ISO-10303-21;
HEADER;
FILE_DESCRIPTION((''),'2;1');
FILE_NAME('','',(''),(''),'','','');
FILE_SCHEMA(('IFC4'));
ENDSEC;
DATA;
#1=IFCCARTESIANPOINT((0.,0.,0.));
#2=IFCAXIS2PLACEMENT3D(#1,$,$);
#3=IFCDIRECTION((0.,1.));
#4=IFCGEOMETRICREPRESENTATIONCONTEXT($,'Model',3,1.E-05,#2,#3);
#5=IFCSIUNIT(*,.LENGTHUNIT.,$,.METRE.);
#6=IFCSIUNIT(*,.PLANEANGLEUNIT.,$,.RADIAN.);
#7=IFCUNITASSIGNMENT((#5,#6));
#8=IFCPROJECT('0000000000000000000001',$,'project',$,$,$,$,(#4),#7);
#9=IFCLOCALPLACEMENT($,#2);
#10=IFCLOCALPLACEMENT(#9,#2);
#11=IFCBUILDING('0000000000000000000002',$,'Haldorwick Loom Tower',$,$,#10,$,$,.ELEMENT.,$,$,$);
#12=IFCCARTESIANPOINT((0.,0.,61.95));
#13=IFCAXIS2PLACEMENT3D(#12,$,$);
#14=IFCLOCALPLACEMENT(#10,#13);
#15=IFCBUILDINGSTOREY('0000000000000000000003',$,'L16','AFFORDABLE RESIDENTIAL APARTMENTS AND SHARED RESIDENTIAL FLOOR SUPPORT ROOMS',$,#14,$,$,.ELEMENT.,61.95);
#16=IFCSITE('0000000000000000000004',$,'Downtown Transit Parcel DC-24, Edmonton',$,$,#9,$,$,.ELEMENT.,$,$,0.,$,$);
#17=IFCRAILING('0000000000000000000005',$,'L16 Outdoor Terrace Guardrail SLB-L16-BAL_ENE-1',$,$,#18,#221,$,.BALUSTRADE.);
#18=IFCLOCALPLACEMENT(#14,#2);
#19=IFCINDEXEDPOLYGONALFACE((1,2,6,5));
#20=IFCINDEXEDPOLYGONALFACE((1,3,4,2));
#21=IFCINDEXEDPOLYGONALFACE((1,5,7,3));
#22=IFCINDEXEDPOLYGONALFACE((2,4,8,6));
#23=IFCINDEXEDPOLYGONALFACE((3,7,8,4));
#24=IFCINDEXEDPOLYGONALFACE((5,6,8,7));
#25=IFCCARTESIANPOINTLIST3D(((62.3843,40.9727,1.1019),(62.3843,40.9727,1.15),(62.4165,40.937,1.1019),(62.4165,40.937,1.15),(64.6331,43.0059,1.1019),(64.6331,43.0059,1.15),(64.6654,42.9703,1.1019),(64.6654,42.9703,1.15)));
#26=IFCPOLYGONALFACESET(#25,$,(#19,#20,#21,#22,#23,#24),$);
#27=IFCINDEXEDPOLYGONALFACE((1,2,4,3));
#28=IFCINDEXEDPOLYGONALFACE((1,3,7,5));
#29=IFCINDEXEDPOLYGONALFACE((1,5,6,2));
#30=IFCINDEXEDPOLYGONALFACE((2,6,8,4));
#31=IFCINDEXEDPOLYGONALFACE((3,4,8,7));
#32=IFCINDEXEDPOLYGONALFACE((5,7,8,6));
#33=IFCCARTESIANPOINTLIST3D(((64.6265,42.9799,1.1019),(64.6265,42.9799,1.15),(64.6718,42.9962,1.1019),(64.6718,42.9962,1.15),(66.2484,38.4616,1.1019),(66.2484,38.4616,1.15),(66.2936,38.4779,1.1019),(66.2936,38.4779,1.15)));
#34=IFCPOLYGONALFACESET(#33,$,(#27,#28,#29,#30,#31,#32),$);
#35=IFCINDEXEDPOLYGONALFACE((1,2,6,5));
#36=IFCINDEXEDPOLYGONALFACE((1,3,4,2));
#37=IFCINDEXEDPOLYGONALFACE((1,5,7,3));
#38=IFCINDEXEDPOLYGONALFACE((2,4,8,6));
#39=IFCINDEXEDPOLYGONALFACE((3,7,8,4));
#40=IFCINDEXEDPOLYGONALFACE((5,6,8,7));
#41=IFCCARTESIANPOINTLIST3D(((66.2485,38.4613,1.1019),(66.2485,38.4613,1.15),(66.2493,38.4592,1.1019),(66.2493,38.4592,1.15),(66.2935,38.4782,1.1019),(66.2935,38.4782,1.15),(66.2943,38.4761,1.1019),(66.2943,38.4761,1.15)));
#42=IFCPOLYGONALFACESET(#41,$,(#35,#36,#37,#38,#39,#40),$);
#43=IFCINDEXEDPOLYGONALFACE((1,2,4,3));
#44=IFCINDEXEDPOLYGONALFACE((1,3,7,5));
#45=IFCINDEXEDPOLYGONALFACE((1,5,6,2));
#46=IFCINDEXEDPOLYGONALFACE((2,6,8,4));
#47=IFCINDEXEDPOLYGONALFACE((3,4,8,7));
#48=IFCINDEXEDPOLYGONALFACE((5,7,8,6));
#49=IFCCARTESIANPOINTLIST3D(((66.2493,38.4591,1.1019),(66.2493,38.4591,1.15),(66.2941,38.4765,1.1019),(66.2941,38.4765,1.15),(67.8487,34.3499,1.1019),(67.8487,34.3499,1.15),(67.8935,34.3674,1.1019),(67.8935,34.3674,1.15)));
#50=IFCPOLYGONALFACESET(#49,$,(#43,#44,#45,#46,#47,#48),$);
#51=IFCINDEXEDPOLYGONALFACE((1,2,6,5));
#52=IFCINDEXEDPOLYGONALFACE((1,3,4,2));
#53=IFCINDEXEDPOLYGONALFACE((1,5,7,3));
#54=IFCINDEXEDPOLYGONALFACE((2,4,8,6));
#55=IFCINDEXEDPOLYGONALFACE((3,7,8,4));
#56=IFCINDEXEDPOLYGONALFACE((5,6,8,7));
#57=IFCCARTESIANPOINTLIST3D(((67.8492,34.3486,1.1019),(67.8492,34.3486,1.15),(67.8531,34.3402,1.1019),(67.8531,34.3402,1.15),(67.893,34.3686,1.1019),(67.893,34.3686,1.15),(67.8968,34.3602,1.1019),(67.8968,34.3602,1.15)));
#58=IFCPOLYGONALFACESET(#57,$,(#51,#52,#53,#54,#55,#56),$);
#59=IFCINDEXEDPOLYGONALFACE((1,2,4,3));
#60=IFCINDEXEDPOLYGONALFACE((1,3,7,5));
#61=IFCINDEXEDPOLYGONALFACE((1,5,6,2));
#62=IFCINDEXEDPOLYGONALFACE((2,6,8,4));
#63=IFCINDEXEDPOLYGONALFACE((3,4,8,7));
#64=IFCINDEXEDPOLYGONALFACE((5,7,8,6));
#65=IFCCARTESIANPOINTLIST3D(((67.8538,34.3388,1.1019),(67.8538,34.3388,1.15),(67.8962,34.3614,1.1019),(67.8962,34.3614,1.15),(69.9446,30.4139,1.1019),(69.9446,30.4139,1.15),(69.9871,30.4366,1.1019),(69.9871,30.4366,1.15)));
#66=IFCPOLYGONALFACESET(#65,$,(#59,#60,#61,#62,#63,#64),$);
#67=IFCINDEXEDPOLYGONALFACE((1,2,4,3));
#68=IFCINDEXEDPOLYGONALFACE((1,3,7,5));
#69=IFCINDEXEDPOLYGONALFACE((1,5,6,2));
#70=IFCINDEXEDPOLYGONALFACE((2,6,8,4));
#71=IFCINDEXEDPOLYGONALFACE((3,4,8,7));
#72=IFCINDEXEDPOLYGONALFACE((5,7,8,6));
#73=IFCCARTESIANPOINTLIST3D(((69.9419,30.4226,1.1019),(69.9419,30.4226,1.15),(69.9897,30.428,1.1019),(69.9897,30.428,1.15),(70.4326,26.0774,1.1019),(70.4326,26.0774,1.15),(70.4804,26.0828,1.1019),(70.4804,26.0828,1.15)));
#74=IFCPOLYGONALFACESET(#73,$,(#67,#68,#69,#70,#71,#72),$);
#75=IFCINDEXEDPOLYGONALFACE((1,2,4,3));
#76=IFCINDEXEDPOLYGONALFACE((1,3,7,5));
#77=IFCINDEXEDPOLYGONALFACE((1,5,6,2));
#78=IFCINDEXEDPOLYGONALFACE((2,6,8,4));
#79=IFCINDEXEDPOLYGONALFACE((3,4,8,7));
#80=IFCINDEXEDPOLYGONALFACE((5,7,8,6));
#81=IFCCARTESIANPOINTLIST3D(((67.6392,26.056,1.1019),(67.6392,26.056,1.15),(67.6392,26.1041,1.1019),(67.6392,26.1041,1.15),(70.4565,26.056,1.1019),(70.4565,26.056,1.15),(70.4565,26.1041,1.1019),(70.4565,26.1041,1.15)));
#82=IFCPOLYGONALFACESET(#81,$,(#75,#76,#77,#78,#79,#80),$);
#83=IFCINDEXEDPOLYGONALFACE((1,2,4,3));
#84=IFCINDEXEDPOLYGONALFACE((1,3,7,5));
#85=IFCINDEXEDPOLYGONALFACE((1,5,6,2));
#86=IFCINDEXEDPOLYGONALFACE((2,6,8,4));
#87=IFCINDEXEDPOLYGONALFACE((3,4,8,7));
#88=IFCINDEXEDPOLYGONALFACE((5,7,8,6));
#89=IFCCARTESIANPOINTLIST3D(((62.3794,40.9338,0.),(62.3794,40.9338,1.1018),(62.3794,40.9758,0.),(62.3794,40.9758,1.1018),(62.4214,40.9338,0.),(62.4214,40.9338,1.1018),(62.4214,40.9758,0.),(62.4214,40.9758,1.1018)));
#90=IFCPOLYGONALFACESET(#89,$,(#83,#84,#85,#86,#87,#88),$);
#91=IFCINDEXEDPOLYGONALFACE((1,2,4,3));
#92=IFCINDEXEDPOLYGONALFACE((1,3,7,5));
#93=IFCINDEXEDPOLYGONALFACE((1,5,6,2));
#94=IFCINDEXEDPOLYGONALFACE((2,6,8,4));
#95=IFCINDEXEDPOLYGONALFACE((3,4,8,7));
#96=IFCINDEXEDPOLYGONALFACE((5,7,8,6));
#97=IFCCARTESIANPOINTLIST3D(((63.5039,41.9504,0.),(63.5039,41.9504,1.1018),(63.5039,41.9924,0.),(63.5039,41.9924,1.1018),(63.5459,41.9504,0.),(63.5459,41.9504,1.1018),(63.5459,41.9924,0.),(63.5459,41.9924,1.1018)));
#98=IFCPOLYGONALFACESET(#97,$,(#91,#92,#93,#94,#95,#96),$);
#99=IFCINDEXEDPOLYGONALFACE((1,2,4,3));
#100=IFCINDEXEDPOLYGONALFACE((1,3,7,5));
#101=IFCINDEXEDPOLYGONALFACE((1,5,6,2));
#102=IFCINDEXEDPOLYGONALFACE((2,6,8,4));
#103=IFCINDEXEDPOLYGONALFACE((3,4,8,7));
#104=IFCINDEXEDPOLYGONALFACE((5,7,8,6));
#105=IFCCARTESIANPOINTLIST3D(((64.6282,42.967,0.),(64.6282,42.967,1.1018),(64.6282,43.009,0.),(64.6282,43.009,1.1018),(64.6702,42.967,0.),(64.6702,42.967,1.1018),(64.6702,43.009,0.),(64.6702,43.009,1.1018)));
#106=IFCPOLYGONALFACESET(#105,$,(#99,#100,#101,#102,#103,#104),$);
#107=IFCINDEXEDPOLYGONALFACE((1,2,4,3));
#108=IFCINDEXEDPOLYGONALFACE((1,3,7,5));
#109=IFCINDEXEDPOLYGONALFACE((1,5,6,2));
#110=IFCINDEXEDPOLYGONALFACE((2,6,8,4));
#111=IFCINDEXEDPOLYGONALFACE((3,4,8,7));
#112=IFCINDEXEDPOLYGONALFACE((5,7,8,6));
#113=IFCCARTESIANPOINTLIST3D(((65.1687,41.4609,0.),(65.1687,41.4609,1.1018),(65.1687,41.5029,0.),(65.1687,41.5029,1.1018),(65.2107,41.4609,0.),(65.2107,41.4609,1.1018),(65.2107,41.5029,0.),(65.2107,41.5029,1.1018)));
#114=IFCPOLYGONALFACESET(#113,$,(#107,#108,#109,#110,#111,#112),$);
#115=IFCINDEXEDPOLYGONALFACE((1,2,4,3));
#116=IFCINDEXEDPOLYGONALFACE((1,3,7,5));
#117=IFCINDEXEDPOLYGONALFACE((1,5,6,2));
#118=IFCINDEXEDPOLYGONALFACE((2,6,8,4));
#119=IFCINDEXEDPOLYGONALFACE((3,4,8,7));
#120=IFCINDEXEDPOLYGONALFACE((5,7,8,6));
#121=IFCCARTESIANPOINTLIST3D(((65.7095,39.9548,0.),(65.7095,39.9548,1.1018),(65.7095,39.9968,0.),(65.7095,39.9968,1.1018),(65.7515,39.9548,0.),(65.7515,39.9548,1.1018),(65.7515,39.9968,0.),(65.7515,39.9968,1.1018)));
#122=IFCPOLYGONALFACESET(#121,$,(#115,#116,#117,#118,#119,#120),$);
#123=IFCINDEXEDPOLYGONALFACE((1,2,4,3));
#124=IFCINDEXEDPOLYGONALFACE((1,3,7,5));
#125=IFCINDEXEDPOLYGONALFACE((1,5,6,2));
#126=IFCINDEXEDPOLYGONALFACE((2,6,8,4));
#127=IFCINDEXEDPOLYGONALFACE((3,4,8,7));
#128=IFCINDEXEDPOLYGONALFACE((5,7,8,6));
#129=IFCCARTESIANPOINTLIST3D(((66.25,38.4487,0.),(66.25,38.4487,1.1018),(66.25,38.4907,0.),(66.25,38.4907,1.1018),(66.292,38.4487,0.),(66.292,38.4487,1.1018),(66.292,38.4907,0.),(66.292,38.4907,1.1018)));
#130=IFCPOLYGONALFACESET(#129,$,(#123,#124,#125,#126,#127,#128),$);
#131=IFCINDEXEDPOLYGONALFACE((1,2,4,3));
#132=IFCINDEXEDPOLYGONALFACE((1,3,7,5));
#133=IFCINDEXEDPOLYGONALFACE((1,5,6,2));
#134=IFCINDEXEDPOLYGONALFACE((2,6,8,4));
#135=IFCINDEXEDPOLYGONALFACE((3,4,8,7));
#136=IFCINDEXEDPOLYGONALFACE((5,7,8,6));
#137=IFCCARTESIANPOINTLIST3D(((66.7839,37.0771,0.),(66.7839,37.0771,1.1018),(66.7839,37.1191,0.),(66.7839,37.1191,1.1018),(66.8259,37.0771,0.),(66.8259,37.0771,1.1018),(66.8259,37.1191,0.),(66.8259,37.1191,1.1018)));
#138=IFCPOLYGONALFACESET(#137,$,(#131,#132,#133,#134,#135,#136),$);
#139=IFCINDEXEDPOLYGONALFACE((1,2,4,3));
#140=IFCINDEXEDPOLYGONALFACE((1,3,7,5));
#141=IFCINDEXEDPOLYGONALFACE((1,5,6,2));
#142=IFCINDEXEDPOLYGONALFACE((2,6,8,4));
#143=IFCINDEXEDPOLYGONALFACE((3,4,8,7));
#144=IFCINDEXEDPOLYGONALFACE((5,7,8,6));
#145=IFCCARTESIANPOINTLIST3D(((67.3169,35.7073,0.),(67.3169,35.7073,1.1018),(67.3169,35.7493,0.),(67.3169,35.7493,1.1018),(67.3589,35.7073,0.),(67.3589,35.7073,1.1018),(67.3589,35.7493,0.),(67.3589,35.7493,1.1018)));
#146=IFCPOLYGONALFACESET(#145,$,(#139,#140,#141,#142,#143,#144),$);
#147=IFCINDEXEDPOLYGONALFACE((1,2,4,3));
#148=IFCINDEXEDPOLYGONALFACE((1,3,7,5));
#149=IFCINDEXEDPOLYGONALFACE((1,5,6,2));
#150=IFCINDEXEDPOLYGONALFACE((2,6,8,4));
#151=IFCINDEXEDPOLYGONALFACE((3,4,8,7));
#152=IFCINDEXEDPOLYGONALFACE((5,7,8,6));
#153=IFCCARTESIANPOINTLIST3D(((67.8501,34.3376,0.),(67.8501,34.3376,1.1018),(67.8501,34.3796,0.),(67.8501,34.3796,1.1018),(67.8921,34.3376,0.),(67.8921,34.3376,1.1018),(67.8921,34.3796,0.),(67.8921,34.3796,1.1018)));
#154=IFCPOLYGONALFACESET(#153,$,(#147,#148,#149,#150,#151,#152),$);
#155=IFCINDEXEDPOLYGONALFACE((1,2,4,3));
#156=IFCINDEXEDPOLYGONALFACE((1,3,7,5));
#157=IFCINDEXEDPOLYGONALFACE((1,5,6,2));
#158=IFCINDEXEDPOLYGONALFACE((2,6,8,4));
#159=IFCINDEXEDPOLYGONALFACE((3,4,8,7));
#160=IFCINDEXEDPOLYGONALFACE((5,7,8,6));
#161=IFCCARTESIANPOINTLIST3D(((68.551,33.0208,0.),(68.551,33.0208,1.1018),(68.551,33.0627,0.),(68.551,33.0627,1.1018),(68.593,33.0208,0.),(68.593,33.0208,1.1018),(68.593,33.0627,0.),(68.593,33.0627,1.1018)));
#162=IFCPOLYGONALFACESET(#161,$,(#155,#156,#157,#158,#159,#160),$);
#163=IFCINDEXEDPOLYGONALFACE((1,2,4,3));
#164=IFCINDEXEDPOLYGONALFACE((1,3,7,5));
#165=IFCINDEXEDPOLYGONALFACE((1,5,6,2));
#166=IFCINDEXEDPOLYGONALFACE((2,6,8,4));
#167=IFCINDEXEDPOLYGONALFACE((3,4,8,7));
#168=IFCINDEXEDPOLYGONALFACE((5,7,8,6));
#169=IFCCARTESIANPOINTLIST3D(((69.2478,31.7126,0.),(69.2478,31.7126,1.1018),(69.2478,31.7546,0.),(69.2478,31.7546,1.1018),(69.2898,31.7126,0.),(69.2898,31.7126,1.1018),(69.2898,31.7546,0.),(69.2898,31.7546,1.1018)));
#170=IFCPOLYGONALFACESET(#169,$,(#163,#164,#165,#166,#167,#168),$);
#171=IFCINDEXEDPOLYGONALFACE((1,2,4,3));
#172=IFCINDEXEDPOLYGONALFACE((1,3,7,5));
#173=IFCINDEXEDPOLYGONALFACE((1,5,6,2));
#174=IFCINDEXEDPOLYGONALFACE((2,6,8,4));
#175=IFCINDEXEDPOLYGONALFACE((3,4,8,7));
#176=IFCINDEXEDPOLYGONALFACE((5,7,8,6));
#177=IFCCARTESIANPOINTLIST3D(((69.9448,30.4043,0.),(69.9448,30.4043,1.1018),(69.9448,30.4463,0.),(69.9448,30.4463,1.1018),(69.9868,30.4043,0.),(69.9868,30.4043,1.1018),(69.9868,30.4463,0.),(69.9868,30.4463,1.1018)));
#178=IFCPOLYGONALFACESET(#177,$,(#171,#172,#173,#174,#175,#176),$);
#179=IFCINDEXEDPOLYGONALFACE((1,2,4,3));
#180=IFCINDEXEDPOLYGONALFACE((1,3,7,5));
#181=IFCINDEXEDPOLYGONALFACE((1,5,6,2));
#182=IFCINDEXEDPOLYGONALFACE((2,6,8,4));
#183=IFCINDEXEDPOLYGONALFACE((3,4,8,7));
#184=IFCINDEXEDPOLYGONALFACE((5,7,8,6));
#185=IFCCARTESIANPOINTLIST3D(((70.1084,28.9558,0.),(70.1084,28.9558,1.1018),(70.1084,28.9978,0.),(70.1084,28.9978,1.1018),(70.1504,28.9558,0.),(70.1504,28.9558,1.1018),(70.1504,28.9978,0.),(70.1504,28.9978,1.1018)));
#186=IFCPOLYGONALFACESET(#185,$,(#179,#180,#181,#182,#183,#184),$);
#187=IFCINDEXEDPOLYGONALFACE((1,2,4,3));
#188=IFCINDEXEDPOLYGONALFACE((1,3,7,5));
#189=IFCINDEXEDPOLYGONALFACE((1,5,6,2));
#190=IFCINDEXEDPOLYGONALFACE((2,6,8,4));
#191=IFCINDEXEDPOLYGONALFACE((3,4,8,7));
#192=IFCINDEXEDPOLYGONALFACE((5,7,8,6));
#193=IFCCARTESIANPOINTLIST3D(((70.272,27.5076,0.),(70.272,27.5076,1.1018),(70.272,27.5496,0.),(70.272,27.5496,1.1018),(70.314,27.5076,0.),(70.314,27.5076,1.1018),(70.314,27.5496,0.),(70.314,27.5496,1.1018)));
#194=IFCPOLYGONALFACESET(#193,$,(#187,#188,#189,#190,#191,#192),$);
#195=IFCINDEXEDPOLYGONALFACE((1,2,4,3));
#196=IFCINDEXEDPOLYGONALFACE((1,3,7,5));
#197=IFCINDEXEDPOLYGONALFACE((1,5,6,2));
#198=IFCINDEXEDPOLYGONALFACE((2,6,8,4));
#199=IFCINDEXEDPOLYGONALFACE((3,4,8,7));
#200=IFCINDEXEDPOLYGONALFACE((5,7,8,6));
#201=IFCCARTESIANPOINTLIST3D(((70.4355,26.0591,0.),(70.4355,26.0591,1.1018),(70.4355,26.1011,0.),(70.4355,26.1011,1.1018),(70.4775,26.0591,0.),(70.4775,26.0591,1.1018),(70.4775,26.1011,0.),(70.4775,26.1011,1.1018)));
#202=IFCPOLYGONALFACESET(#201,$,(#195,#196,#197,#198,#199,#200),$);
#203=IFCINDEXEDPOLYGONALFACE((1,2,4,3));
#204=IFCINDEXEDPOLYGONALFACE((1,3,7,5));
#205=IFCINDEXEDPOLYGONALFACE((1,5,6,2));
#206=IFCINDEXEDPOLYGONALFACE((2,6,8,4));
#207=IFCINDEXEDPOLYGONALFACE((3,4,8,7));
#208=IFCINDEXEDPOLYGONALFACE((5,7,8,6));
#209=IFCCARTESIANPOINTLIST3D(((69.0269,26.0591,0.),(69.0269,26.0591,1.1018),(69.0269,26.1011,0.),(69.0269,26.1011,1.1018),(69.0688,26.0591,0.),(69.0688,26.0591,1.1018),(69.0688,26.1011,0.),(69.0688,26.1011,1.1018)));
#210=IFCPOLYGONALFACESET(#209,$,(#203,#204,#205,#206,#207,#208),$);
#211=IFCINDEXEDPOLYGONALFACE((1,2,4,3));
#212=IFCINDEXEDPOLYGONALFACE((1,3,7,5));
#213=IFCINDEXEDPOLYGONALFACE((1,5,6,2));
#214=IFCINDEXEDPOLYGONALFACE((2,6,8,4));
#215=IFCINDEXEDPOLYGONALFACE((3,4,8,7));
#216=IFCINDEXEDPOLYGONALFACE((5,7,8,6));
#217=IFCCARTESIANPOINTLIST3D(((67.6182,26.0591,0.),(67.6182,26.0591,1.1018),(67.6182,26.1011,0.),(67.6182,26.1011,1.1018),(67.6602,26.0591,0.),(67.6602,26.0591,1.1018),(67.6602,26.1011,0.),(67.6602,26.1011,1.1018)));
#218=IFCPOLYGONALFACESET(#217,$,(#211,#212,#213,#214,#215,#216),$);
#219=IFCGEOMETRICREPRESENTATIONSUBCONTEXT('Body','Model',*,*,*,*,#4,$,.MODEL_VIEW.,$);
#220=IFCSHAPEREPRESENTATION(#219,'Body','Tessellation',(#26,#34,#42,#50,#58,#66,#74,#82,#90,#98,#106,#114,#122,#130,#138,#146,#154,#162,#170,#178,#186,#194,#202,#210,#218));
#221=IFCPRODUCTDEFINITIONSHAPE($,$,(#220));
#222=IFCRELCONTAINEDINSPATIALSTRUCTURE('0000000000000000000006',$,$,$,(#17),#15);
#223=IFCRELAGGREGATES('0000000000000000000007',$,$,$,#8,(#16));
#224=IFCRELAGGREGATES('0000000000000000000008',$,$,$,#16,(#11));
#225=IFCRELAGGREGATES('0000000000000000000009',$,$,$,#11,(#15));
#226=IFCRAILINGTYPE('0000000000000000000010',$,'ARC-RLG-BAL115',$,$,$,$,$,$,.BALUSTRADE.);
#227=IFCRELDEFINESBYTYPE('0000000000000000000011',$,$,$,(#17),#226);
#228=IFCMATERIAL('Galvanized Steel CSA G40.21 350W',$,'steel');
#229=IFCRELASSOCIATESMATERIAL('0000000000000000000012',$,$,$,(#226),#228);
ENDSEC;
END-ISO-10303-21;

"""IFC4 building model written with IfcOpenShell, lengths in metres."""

from ifc_helpers import new_model, si_unit, direction, frame, origin, origin_2d, place, context, subcontext, project, spatial, rectangle, extrude, material, type_object, element, save


model = new_model("IFC4")

# Units and contexts
model_context = context("Model", 3, precision=1e-05, world=origin(), true_north=direction((0.0, 1.0)))
body_context = subcontext(model_context, "Body", "Model", "MODEL_VIEW")
ifc_project = project(units=[si_unit("LENGTHUNIT", "METRE"), si_unit("PLANEANGLEUNIT", "RADIAN")], contexts=[model_context])

# Site, building, storey
site_placement = place(None, origin())
site = spatial("IfcSite", under=ifc_project, at=site_placement, Name="Downtown Transit Parcel DC-24, Edmonton", CompositionType="ELEMENT", RefElevation=0.0)
building_placement = place(site_placement, origin())
building = spatial("IfcBuilding", under=site, at=building_placement, Name="Haldorwick Loom Tower", CompositionType="ELEMENT")
storey_placement = place(building_placement, frame((0.0, 0.0, 61.95)))
storey = spatial("IfcBuildingStorey", under=building, at=storey_placement, Name="L16", Description="AFFORDABLE RESIDENTIAL APARTMENTS AND SHARED RESIDENTIAL FLOOR SUPPORT ROOMS", CompositionType="ELEMENT", Elevation=61.95)

# Railing
ifc_material_1 = material(Name="Galvanized Steel CSA G40.21 350W", Category="steel")
railing_type = type_object("IfcRailingType", Name="ARC-RLG-BAL115", PredefinedType="BALUSTRADE", material=ifc_material_1)
railing_placement = place(storey_placement, frame((62.4004, 40.9548, 0.0)))
element("IfcRailing", 1, at=railing_placement, inside=storey, type_object=railing_type, Name="L16 Outdoor Terrace Guardrail SLB-L16-BAL_ENE-1", PredefinedType="BALUSTRADE", context=body_context, shape_type="SweptSolid", body=[
    extrude(rectangle(XDim=0.0481, YDim=0.0481, at=origin_2d()), frame((0.0, 0.0, 1.126), z_axis=(0.741767, 0.670658, 0.0), x_axis=(-0.670658, 0.741767, 0.0)), (0.0, 0.0, 1.0), 3.0317),
    extrude(rectangle(XDim=0.0481, YDim=0.0481, at=origin_2d()), frame((2.2488, 2.0332, 1.126), z_axis=(0.33784, -0.941203, 0.0), x_axis=(0.941203, 0.33784, 0.0)), (0.0, 0.0, 1.0), 4.8005),
    extrude(rectangle(XDim=0.0481, YDim=0.0481, at=origin_2d()), frame((3.8706, -2.4851, 1.126), z_axis=(0.351123, -0.936329, 0.0), x_axis=(0.936329, 0.351123, 0.0)), (0.0, 0.0, 1.0), 0.0022),
    extrude(rectangle(XDim=0.0481, YDim=0.0481, at=origin_2d()), frame((3.8713, -2.4871, 1.126), z_axis=(0.362716, -0.9319, 0.0), x_axis=(0.9319, 0.362716, 0.0)), (0.0, 0.0, 1.0), 4.4094),
    extrude(rectangle(XDim=0.0481, YDim=0.0481, at=origin_2d()), frame((5.4707, -6.5962, 1.126), z_axis=(0.41576, -0.909474, 0.0), x_axis=(0.909474, 0.41576, 0.0)), (0.0, 0.0, 1.0), 0.0093),
    extrude(rectangle(XDim=0.0481, YDim=0.0481, at=origin_2d()), frame((5.4746, -6.6047, 1.126), z_axis=(0.470166, -0.882578, 0.0), x_axis=(0.882578, 0.470166, 0.0)), (0.0, 0.0, 1.0), 4.447),
    extrude(rectangle(XDim=0.0481, YDim=0.0481, at=origin_2d()), frame((7.5654, -10.5295, 1.126), z_axis=(0.112221, -0.993683, 0.0), x_axis=(0.993683, 0.112221, 0.0)), (0.0, 0.0, 1.0), 4.3728),
    extrude(rectangle(XDim=0.0481, YDim=0.0481, at=origin_2d()), frame((8.0562, -14.8748, 1.126), z_axis=(-1.0, 0.0, 0.0), x_axis=(0.0, -1.0, 0.0)), (0.0, 0.0, 1.0), 2.8174),
    extrude(rectangle(XDim=0.042, YDim=0.042, at=origin_2d()), origin(), (0.0, 0.0, 1.0), 1.1018),
    extrude(rectangle(XDim=0.042, YDim=0.042, at=origin_2d()), frame((1.1245, 1.0166, 0.0)), (0.0, 0.0, 1.0), 1.1018),
    extrude(rectangle(XDim=0.042, YDim=0.042, at=origin_2d()), frame((2.2488, 2.0332, 0.0)), (0.0, 0.0, 1.0), 1.1018),
    extrude(rectangle(XDim=0.042, YDim=0.042, at=origin_2d()), frame((2.7893, 0.5271, 0.0)), (0.0, 0.0, 1.0), 1.1018),
    extrude(rectangle(XDim=0.042, YDim=0.042, at=origin_2d()), frame((3.3301, -0.979, 0.0)), (0.0, 0.0, 1.0), 1.1018),
    extrude(rectangle(XDim=0.042, YDim=0.042, at=origin_2d()), frame((3.8706, -2.4851, 0.0)), (0.0, 0.0, 1.0), 1.1018),
    extrude(rectangle(XDim=0.042, YDim=0.042, at=origin_2d()), frame((4.4045, -3.8567, 0.0)), (0.0, 0.0, 1.0), 1.1018),
    extrude(rectangle(XDim=0.042, YDim=0.042, at=origin_2d()), frame((4.9375, -5.2266, 0.0)), (0.0, 0.0, 1.0), 1.1018),
    extrude(rectangle(XDim=0.042, YDim=0.042, at=origin_2d()), frame((5.4707, -6.5962, 0.0)), (0.0, 0.0, 1.0), 1.1018),
    extrude(rectangle(XDim=0.042, YDim=0.042, at=origin_2d()), frame((6.1716, -7.9131, 0.0)), (0.0, 0.0, 1.0), 1.1018),
    extrude(rectangle(XDim=0.042, YDim=0.042, at=origin_2d()), frame((6.8684, -9.2212, 0.0)), (0.0, 0.0, 1.0), 1.1018),
    extrude(rectangle(XDim=0.042, YDim=0.042, at=origin_2d()), frame((7.5654, -10.5295, 0.0)), (0.0, 0.0, 1.0), 1.1018),
    extrude(rectangle(XDim=0.042, YDim=0.042, at=origin_2d()), frame((7.729, -11.978, 0.0)), (0.0, 0.0, 1.0), 1.1018),
    extrude(rectangle(XDim=0.042, YDim=0.042, at=origin_2d()), frame((7.8926, -13.4263, 0.0)), (0.0, 0.0, 1.0), 1.1018),
    extrude(rectangle(XDim=0.042, YDim=0.042, at=origin_2d()), frame((8.0562, -14.8748, 0.0)), (0.0, 0.0, 1.0), 1.1018),
    extrude(rectangle(XDim=0.042, YDim=0.042, at=origin_2d()), frame((6.6475, -14.8748, 0.0)), (0.0, 0.0, 1.0), 1.1018),
    extrude(rectangle(XDim=0.042, YDim=0.042, at=origin_2d()), frame((5.2388, -14.8748, 0.0)), (0.0, 0.0, 1.0), 1.1018),
])

save(model, "model.ifc")
